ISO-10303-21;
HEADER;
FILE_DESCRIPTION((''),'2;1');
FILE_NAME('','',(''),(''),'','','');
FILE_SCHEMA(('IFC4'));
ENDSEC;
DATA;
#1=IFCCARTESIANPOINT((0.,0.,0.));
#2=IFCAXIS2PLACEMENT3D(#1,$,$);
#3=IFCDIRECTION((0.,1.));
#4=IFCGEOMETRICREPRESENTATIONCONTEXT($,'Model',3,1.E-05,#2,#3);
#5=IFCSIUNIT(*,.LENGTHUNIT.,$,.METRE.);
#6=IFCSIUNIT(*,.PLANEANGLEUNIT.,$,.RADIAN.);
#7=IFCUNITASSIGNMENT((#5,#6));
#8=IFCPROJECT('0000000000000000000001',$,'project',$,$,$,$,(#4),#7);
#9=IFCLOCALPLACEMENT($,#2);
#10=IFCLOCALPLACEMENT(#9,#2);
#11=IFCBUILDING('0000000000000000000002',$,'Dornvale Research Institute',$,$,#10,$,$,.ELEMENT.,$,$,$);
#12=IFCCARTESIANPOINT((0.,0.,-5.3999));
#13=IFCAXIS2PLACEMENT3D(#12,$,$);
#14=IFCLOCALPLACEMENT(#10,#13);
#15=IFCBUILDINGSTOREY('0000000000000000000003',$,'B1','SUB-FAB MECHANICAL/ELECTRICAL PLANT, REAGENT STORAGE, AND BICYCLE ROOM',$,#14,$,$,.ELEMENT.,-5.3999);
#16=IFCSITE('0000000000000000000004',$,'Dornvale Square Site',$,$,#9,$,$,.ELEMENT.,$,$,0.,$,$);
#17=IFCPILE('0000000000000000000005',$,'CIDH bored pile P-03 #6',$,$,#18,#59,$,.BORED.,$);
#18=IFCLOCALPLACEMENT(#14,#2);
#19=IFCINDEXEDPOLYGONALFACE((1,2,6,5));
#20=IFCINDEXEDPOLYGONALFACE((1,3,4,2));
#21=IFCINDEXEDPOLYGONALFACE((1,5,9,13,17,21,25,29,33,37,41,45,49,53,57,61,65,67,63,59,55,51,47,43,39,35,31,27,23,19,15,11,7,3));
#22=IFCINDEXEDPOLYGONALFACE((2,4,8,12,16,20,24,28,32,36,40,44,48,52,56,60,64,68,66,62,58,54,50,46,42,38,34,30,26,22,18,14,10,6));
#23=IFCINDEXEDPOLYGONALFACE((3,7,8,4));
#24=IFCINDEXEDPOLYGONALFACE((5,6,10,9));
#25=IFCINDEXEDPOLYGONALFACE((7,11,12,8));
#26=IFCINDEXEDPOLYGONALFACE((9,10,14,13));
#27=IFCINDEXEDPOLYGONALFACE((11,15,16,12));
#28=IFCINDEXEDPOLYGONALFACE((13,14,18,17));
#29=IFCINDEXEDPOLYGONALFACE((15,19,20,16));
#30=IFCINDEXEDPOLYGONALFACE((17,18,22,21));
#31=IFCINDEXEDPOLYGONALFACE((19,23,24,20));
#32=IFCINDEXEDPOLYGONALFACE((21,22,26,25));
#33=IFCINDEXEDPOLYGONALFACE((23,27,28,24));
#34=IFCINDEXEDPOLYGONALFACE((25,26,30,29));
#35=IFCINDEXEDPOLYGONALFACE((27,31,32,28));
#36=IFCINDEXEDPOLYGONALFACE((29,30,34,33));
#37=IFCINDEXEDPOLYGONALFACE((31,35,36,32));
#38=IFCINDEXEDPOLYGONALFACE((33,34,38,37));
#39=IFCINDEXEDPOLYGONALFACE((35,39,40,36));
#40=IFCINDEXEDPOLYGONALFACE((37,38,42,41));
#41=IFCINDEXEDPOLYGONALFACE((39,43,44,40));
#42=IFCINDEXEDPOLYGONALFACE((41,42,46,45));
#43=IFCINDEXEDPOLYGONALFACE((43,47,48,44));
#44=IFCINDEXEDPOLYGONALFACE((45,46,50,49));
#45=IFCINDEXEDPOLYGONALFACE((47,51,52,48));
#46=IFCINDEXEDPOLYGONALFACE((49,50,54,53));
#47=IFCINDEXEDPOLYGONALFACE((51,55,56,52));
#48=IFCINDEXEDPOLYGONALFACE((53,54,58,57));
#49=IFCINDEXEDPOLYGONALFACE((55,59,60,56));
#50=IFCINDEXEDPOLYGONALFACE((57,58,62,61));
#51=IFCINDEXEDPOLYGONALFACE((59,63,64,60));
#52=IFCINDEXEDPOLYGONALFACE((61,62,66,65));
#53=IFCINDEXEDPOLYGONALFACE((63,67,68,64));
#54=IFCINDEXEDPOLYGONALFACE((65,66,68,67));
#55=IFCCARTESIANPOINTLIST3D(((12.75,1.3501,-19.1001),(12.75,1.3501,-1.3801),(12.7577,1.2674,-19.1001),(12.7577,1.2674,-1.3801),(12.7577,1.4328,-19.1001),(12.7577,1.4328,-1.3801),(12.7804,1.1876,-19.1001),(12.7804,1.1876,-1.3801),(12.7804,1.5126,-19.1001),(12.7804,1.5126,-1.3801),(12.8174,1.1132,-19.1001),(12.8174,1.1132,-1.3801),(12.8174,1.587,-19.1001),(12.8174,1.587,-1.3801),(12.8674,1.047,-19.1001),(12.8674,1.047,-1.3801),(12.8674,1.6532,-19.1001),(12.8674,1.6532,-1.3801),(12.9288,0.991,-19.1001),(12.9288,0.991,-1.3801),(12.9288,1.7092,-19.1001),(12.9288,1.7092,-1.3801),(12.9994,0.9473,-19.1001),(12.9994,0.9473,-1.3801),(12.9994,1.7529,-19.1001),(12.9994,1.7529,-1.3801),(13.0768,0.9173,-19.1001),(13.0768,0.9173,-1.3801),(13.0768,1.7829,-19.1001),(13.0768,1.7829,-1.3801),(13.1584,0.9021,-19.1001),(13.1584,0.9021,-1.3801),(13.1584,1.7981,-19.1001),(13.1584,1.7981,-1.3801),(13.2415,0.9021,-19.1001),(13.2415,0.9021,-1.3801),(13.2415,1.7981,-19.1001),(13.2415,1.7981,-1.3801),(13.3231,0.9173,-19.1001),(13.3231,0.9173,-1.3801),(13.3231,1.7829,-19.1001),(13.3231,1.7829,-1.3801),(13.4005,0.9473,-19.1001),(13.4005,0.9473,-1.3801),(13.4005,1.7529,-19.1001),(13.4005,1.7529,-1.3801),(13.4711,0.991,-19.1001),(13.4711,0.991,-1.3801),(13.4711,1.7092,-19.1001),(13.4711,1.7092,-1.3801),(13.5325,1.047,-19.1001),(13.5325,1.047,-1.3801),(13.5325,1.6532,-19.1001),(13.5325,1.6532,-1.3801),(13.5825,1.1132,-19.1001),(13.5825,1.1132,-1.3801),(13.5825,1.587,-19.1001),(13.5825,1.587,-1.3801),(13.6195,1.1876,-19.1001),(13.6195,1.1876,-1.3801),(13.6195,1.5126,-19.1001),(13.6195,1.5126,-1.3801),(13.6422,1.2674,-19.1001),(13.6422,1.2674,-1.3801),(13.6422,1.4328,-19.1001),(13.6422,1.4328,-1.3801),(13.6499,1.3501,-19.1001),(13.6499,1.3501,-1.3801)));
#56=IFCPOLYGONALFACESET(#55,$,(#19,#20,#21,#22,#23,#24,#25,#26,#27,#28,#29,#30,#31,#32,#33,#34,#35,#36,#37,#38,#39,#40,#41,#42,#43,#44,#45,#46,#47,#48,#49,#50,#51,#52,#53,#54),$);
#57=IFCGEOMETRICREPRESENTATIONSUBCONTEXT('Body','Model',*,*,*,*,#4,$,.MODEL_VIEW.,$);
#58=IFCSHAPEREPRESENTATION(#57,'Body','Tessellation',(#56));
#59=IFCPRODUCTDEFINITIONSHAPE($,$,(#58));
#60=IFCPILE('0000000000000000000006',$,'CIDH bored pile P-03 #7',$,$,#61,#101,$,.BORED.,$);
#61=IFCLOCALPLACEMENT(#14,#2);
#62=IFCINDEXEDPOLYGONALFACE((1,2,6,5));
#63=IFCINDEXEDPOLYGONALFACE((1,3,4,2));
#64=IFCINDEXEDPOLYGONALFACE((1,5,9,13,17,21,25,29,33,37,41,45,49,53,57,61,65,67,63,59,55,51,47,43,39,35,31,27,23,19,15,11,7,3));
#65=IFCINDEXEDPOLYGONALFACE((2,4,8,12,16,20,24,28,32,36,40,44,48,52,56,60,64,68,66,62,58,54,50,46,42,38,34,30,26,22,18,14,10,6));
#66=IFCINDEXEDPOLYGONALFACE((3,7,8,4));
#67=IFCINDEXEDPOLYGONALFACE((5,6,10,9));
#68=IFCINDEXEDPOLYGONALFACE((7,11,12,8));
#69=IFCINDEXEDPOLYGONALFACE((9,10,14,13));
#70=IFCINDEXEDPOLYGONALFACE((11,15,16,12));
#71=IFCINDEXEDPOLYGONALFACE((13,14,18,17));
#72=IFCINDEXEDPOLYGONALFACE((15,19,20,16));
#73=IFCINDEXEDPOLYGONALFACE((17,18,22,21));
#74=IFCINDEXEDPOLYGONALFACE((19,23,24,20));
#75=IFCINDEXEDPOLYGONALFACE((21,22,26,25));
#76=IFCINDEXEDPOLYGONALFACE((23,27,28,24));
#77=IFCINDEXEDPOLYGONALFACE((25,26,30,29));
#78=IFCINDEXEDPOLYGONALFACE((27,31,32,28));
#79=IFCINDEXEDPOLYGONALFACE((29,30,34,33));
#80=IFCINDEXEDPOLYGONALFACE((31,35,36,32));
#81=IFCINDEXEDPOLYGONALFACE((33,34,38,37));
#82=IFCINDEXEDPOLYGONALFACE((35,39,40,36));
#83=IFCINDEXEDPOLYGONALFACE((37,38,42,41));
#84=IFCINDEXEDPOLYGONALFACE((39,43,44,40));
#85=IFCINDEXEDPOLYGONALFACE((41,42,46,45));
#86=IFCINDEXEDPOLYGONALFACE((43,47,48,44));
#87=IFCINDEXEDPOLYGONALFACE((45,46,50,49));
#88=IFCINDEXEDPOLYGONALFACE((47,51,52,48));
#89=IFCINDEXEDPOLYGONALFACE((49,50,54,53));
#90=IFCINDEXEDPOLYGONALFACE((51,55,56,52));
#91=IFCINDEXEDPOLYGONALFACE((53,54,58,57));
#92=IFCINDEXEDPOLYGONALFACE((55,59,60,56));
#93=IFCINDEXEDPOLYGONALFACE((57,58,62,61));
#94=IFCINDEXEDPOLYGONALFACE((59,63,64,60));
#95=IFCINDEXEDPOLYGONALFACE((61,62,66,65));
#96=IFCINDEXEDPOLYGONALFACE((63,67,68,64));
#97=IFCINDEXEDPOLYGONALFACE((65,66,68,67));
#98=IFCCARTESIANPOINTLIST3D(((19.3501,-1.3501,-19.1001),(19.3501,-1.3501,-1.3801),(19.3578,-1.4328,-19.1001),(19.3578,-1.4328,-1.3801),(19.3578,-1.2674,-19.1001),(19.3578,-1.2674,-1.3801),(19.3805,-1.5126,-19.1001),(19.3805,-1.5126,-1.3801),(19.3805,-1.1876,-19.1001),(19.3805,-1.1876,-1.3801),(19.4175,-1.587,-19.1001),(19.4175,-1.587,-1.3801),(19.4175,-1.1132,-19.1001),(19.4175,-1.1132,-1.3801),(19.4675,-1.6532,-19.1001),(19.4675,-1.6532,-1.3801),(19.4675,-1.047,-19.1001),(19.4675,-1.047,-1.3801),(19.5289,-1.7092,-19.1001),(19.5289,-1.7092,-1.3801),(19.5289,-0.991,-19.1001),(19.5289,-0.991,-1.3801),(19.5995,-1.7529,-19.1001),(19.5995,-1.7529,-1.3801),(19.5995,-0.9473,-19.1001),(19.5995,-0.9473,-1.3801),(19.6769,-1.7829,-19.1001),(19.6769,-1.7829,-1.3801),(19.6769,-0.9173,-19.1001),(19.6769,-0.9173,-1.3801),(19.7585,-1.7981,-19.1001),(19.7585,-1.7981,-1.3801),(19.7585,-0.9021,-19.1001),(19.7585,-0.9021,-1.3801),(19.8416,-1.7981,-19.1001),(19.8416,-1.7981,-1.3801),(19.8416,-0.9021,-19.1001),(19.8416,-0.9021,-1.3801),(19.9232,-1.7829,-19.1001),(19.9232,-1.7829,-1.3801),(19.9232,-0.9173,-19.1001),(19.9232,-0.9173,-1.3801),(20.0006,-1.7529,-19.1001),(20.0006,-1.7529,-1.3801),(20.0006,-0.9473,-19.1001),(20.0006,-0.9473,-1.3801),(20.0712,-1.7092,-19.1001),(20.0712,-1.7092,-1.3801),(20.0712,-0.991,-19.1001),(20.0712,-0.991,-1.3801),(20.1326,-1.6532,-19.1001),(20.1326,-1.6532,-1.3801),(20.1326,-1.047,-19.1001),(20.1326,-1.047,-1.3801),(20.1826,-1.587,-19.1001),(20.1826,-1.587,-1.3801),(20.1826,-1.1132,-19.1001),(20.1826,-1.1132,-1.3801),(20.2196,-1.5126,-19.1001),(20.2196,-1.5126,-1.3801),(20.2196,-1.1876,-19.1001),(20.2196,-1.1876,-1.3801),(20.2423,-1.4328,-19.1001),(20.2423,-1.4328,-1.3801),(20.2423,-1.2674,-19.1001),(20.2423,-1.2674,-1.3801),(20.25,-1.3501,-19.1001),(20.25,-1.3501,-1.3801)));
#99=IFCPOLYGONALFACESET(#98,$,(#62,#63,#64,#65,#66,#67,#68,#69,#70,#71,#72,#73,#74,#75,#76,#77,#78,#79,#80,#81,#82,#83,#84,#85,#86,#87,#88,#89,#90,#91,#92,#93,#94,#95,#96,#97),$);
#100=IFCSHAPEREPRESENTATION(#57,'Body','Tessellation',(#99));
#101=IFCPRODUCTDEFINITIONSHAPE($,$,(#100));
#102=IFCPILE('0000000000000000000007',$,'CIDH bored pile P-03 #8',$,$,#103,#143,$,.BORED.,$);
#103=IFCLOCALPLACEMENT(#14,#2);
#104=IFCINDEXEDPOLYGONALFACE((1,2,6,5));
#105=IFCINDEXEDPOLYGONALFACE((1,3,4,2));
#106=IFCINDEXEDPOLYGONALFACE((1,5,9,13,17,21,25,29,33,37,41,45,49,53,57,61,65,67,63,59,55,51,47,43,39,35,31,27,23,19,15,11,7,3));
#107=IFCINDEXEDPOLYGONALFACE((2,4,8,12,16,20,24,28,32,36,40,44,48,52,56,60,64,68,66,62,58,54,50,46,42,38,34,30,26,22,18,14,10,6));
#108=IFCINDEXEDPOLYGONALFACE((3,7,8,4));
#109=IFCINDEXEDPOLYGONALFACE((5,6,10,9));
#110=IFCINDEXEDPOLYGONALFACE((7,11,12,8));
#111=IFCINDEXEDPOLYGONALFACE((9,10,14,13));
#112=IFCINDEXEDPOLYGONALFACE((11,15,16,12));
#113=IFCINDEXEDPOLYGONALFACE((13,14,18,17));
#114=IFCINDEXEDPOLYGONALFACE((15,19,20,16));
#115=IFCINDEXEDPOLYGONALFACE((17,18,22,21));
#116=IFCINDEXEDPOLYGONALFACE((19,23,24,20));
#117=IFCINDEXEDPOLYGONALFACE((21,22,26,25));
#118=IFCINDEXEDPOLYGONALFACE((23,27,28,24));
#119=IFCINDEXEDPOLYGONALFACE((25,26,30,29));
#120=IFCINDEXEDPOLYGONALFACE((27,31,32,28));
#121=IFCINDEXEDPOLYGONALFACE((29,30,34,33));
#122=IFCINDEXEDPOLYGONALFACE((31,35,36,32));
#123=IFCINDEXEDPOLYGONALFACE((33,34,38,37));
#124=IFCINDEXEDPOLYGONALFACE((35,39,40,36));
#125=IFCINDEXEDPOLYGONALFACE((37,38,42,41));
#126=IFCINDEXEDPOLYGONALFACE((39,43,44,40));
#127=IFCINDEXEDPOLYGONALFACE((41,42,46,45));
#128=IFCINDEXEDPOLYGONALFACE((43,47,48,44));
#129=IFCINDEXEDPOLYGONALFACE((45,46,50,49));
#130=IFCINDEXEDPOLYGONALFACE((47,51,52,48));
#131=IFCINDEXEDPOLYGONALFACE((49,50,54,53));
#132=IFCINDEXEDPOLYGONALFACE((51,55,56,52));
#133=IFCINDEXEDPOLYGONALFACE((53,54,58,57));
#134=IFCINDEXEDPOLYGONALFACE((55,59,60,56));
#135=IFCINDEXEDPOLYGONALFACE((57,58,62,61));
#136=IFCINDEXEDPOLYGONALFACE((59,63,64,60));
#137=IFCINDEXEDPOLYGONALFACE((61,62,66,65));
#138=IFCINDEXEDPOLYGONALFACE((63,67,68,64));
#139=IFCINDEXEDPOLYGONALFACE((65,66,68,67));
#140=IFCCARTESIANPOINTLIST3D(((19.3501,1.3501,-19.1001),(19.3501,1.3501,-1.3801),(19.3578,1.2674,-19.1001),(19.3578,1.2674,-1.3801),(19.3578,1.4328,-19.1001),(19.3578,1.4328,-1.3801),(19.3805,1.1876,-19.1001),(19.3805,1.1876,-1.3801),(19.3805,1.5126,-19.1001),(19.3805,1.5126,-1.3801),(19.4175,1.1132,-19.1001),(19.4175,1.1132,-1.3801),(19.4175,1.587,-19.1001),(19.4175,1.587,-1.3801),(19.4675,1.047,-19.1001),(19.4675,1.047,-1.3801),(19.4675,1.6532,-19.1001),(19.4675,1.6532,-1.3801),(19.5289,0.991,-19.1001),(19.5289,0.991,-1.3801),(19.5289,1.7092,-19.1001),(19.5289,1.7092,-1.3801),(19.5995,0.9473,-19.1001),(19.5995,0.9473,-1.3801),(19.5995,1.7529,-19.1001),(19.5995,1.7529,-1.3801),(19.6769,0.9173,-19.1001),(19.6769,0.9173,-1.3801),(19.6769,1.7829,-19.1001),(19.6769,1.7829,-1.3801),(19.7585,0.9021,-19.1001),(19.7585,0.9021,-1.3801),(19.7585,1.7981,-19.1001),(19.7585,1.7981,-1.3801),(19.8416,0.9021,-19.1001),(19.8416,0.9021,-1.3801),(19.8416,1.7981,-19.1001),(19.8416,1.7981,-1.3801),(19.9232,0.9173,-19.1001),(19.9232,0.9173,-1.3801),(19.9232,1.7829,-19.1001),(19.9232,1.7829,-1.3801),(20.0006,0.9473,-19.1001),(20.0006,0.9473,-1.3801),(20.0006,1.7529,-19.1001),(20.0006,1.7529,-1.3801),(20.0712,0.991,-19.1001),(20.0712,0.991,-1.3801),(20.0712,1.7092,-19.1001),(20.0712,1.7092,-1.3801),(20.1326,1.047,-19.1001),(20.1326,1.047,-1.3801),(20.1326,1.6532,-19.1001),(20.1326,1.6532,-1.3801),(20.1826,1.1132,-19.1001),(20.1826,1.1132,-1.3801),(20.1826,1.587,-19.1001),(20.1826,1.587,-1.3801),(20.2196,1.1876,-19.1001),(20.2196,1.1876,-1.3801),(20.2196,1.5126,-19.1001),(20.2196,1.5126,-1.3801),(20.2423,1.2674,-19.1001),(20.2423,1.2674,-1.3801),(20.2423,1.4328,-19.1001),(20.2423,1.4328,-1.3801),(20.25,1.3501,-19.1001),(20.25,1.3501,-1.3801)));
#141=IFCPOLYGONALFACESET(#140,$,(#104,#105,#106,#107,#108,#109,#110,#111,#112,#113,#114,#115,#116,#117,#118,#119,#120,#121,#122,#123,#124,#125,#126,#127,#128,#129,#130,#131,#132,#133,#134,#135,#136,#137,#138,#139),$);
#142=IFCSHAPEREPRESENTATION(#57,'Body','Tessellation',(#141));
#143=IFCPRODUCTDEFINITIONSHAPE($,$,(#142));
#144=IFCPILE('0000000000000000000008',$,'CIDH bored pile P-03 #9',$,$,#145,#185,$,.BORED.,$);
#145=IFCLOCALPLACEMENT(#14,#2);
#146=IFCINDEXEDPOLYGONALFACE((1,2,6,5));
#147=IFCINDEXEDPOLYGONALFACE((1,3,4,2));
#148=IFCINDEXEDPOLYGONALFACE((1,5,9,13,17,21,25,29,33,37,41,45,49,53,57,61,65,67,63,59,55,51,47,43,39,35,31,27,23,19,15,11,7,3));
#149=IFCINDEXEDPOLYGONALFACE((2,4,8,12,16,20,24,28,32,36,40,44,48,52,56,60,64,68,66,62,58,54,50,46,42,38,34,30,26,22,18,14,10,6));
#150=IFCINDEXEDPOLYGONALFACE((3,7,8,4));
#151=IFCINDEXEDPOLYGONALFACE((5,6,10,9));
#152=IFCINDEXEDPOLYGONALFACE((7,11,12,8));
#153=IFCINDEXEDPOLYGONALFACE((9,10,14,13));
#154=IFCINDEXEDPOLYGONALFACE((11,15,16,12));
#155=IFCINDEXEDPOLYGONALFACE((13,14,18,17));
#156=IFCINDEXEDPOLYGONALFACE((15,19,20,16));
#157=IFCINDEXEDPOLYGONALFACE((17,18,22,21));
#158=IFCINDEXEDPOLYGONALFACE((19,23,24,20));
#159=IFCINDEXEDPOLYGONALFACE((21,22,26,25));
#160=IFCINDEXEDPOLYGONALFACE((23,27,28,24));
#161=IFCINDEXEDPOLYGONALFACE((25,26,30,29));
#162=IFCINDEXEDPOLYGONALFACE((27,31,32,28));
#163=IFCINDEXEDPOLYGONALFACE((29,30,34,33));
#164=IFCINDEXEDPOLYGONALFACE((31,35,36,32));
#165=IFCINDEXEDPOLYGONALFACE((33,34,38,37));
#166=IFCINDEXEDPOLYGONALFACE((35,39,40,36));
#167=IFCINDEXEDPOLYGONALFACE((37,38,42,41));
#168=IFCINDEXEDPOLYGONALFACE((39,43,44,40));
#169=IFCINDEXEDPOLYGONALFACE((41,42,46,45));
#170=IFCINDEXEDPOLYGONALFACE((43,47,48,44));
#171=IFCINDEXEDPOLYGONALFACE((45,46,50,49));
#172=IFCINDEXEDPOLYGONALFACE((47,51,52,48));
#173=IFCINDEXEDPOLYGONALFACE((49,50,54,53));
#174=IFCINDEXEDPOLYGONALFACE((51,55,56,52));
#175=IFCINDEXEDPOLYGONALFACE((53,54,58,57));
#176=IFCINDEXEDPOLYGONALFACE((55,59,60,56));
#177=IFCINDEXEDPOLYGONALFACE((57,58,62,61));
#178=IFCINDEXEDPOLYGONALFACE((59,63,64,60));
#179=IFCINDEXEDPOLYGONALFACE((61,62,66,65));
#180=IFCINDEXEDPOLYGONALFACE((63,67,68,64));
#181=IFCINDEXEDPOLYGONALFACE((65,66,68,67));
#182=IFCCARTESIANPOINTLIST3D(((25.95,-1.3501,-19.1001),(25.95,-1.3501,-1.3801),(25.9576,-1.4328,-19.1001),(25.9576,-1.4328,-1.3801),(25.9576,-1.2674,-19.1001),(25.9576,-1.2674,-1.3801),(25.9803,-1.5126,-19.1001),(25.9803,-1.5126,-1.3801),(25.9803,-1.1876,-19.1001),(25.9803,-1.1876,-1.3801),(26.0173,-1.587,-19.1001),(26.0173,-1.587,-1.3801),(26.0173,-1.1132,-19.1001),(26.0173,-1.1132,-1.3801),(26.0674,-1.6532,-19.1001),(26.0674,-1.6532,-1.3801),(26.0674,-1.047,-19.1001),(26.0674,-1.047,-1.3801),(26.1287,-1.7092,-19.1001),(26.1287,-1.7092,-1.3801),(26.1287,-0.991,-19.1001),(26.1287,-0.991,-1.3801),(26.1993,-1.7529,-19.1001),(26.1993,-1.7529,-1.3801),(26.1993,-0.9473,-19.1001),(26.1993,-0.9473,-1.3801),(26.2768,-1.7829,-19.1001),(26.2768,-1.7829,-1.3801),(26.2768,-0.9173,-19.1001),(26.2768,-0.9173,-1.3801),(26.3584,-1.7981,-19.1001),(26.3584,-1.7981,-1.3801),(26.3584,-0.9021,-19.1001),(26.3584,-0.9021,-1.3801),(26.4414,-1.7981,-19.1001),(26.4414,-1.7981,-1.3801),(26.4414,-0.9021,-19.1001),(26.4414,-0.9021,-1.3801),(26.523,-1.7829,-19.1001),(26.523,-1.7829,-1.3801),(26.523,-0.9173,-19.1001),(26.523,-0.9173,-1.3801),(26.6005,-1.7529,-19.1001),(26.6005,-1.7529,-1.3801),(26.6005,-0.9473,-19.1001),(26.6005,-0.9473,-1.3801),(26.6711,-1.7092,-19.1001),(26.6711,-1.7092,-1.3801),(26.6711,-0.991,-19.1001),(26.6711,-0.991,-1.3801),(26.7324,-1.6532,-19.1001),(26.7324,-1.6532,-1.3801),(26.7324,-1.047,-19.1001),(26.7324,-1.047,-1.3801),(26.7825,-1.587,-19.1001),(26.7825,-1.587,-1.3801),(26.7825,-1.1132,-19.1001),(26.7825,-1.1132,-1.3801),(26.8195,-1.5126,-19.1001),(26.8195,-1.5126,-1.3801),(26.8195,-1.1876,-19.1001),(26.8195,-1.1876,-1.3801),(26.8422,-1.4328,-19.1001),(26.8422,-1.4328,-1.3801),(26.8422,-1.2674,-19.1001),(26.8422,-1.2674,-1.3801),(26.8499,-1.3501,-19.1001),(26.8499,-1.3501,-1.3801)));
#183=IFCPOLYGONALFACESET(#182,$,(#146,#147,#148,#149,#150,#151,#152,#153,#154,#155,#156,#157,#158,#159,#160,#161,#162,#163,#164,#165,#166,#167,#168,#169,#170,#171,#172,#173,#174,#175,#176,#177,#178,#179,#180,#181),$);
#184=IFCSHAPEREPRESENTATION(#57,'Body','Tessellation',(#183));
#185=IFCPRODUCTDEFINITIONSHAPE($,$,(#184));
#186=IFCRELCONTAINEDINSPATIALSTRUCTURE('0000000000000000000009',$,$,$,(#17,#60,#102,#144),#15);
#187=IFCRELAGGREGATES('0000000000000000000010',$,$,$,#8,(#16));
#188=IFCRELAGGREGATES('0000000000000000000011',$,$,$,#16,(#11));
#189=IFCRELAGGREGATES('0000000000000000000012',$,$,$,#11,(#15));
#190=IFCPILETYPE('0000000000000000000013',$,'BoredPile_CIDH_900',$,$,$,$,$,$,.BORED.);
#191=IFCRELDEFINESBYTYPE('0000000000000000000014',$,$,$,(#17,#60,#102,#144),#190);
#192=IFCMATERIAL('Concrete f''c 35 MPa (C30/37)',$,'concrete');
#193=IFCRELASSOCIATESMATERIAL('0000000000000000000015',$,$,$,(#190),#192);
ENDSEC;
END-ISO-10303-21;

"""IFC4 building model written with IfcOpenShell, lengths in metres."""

from ifc_helpers import new_model, si_unit, direction, frame, origin, origin_2d, place, context, subcontext, project, spatial, circle, extrude, material, material_profile, profile_set, type_object, element, save


model = new_model("IFC4")

# Units and contexts
model_context = context("Model", 3, precision=1e-05, world=origin(), true_north=direction((0.0, 1.0)))
body_context = subcontext(model_context, "Body", "Model", "MODEL_VIEW")
ifc_project = project(units=[si_unit("LENGTHUNIT", "METRE"), si_unit("PLANEANGLEUNIT", "RADIAN")], contexts=[model_context])

# Site, building, storey
site_placement = place(None, origin())
site = spatial("IfcSite", under=ifc_project, at=site_placement, Name="Dornvale Square Site", CompositionType="ELEMENT", RefElevation=0.0)
building_placement = place(site_placement, origin())
building = spatial("IfcBuilding", under=site, at=building_placement, Name="Dornvale Research Institute", CompositionType="ELEMENT")
storey_placement = place(building_placement, frame((0.0, 0.0, -5.3999)))
storey = spatial("IfcBuildingStorey", under=building, at=storey_placement, Name="B1", Description="SUB-FAB MECHANICAL/ELECTRICAL PLANT, REAGENT STORAGE, AND BICYCLE ROOM", CompositionType="ELEMENT", Elevation=-5.3999)

# Piles
ifc_material_1 = material(Name="Concrete f'c 35 MPa (C30/37)", Category="concrete")
ifc_material_profile_1 = material_profile(ifc_material_1, circle(Radius=0.45, at=origin_2d()), Name="CIDH PILE D900")
ifc_profile_set_1 = profile_set([ifc_material_profile_1], Name="Concrete f'c 35 MPa (C30/37)")
pile_type = type_object("IfcPileType", Name="BoredPile_CIDH_900", PredefinedType="BORED", material=ifc_profile_set_1)
for number, where, z_axis, x_axis, name in (
    (1, (13.2, 1.3501, -1.3801), (0.0, 0.0, -1.0), (1.0, 0.0, 0.0), "CIDH bored pile P-03 #6"),
    (2, (19.8, -1.3501, -1.3801), (0.0, 0.0, -1.0), (1.0, 0.0, 0.0), "CIDH bored pile P-03 #7"),
    (3, (19.8, 1.3501, -1.3801), (0.0, 0.0, -1.0), (1.0, 0.0, 0.0), "CIDH bored pile P-03 #8"),
    (4, (26.3999, -1.3501, -1.3801), (0.0, 0.0, -1.0), (1.0, 0.0, 0.0), "CIDH bored pile P-03 #9"),
):
    element("IfcPile", number, at=place(storey_placement, frame(where, z_axis=z_axis, x_axis=x_axis)), inside=storey, type_object=pile_type, Name=name, PredefinedType="BORED", context=body_context, shape_type="SweptSolid", body=[
        extrude(circle(Radius=0.45, at=origin_2d()), origin(), (0.0, 0.0, 1.0), 17.72),
    ])

save(model, "model.ifc")
